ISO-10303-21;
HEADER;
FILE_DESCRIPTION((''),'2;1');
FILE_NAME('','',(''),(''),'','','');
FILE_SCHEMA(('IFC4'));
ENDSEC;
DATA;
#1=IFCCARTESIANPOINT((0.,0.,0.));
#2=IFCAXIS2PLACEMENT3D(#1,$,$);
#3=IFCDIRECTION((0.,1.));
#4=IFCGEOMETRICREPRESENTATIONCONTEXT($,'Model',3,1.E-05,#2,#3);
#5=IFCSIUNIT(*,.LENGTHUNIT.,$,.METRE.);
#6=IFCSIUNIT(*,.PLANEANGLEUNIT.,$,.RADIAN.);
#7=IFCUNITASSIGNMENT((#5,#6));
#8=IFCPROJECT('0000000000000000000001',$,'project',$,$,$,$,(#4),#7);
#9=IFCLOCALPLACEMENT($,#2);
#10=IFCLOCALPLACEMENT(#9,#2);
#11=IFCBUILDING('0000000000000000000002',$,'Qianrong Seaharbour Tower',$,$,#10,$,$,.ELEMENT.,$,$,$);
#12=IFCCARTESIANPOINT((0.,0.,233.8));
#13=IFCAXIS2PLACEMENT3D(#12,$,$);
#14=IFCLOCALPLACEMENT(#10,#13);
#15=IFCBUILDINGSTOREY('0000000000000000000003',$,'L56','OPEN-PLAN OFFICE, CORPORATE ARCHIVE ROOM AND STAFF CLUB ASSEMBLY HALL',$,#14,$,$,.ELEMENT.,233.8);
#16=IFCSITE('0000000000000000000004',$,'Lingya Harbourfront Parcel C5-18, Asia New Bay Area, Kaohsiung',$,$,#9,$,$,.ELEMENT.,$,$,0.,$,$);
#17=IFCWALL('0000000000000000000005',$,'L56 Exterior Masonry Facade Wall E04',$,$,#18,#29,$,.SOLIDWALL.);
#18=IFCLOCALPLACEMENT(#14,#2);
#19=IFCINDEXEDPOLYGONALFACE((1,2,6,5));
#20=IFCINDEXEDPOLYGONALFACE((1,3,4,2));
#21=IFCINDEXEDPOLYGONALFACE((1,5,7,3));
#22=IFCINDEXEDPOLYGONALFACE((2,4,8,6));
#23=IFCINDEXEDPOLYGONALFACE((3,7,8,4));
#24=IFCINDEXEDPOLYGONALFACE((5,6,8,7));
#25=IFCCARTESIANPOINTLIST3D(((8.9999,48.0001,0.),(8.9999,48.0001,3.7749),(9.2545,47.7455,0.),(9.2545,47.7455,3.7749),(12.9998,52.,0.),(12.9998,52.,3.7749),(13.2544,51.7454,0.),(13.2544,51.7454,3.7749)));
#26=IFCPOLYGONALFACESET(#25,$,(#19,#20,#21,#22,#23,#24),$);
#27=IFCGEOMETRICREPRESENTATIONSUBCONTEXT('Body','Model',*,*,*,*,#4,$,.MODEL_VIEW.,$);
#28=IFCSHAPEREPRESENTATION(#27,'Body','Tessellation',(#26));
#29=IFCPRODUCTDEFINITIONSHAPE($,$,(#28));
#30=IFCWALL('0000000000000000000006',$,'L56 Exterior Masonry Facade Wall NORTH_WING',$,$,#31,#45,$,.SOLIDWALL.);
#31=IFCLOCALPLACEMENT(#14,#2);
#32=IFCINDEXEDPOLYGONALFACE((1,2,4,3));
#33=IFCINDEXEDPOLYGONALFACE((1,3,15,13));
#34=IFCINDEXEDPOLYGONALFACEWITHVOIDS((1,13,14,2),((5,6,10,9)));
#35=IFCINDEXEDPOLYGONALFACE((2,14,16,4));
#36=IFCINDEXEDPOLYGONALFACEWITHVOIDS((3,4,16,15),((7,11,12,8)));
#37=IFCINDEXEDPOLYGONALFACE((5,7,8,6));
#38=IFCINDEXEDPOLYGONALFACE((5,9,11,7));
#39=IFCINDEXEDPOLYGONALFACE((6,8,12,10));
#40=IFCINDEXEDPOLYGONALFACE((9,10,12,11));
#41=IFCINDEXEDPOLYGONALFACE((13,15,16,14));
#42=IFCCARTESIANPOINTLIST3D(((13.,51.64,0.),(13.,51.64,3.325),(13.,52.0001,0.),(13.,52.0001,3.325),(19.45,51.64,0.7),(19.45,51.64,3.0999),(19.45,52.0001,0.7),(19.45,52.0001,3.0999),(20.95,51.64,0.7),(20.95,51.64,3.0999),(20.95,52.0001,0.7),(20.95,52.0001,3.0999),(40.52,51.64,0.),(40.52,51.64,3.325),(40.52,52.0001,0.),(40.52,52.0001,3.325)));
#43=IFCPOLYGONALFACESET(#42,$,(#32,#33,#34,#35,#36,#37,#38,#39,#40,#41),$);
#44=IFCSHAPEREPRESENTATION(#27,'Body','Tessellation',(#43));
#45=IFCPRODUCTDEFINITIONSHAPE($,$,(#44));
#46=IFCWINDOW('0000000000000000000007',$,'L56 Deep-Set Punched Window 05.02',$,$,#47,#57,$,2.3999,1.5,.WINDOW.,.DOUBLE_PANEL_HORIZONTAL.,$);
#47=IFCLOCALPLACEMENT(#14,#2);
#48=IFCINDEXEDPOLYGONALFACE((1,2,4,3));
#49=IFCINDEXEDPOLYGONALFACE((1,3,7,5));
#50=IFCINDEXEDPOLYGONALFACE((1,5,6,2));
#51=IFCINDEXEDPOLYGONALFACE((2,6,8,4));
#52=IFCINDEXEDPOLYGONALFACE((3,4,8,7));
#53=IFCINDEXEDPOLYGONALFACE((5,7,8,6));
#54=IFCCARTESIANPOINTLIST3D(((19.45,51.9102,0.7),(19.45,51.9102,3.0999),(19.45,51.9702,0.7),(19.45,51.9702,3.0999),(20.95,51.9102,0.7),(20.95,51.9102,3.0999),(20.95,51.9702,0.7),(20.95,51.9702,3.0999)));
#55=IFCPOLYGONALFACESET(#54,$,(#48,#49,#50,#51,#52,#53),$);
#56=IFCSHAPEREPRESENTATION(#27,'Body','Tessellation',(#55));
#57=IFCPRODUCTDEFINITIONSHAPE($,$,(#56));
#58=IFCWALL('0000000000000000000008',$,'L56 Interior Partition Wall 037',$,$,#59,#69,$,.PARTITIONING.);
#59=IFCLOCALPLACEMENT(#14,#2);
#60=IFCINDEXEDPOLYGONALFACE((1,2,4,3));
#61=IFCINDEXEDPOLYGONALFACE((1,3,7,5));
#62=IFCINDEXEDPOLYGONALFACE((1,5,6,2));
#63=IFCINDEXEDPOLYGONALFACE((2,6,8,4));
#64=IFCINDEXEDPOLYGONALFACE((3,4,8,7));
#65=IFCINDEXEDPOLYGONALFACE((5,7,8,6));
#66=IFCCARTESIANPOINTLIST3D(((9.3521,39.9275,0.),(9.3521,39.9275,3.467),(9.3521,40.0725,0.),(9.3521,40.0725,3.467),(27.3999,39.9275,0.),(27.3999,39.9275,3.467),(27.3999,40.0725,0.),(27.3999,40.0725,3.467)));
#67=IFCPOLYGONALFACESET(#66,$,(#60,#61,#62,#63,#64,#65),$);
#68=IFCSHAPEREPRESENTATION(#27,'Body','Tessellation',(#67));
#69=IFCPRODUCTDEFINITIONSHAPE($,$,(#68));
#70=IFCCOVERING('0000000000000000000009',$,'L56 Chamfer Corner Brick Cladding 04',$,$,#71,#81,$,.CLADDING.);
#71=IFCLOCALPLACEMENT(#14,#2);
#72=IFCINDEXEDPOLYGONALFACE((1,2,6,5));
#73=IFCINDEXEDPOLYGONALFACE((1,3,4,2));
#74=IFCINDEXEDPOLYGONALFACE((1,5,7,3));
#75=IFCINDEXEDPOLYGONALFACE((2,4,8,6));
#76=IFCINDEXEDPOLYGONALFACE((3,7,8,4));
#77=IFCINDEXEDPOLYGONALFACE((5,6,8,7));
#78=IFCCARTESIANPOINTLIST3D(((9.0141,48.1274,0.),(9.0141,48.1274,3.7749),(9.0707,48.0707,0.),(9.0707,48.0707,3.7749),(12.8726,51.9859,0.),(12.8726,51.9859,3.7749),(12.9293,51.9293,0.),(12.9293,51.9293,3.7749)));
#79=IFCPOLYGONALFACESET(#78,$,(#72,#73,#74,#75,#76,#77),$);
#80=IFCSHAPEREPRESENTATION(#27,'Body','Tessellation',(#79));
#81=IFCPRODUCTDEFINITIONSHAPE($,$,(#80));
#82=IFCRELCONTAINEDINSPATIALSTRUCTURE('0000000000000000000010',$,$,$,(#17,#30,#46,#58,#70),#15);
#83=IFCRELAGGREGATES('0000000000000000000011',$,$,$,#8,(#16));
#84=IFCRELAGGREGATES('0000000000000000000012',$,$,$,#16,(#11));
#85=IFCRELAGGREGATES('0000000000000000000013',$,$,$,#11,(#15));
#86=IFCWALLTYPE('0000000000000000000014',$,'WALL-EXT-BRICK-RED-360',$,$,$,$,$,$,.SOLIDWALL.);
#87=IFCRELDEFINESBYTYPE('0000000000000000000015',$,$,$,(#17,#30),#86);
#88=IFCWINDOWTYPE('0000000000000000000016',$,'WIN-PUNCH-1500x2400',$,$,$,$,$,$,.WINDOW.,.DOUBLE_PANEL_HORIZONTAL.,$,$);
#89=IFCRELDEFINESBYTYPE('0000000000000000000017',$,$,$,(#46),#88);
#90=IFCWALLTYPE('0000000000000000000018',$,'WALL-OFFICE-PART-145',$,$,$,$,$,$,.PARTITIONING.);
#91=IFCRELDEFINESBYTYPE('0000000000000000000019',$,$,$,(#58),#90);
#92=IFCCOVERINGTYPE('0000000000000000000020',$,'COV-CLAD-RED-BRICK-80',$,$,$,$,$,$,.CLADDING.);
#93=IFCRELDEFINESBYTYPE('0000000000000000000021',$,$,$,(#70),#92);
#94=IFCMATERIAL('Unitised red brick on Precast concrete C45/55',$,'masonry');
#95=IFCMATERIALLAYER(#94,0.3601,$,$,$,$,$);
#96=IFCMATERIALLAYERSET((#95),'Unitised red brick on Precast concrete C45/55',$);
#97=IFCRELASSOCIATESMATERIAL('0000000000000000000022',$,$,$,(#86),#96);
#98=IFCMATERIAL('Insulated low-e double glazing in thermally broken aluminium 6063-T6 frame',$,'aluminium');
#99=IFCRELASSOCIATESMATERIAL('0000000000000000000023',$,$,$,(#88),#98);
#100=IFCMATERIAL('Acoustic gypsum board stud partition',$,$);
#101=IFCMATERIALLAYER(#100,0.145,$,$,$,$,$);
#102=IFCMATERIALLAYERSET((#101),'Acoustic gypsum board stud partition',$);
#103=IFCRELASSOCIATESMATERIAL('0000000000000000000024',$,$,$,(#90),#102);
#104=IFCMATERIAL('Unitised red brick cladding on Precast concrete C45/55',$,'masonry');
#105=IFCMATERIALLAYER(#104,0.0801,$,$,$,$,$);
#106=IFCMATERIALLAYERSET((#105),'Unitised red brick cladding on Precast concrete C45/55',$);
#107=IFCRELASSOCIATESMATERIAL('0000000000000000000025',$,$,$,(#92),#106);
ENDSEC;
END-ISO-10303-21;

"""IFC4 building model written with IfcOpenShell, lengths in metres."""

from ifc_helpers import new_model, si_unit, direction, frame, frame_2d, origin, origin_2d, place, context, subcontext, project, spatial, rectangle, extrude, material, layer, layer_set, type_object, element, fill, save


model = new_model("IFC4")

# Units and contexts
model_context = context("Model", 3, precision=1e-05, world=origin(), true_north=direction((0.0, 1.0)))
body_context = subcontext(model_context, "Body", "Model", "MODEL_VIEW")
ifc_project = project(units=[si_unit("LENGTHUNIT", "METRE"), si_unit("PLANEANGLEUNIT", "RADIAN")], contexts=[model_context])

# Site, building, storey
site_placement = place(None, origin())
site = spatial("IfcSite", under=ifc_project, at=site_placement, Name="Lingya Harbourfront Parcel C5-18, Asia New Bay Area, Kaohsiung", CompositionType="ELEMENT", RefElevation=0.0)
building_placement = place(site_placement, origin())
building = spatial("IfcBuilding", under=site, at=building_placement, Name="Qianrong Seaharbour Tower", CompositionType="ELEMENT")
storey_placement = place(building_placement, frame((0.0, 0.0, 233.8)))
storey = spatial("IfcBuildingStorey", under=building, at=storey_placement, Name="L56", Description="OPEN-PLAN OFFICE, CORPORATE ARCHIVE ROOM AND STAFF CLUB ASSEMBLY HALL", CompositionType="ELEMENT", Elevation=233.8)

# Wall
ifc_material_1 = material(Name="Unitised red brick on Precast concrete C45/55", Category="masonry")
ifc_layer_1 = layer(ifc_material_1, 0.3601)
ifc_layer_set_1 = layer_set([ifc_layer_1], Name="Unitised red brick on Precast concrete C45/55")
wall_type_1 = type_object("IfcWallType", Name="WALL-EXT-BRICK-RED-360", PredefinedType="SOLIDWALL", material=ifc_layer_set_1)
wall_1_placement = place(storey_placement, frame((9.1272, 47.8728, 0.0), z_axis=(0.0, 0.0, 1.0), x_axis=(0.707107, 0.707107, 0.0)))
element("IfcWall", 1, at=wall_1_placement, inside=storey, type_object=wall_type_1, Name="L56 Exterior Masonry Facade Wall E04", PredefinedType="SOLIDWALL", context=body_context, shape_type="SweptSolid", body=[
    extrude(rectangle(XDim=5.6567, YDim=0.3601, at=frame_2d((2.8284, 0.0))), origin(), (0.0, 0.0, 1.0), 3.7749),
])

# Wall, opening, window
wall_2_placement = place(storey_placement, frame((13.0, 51.8201, 0.0), z_axis=(0.0, 0.0, 1.0), x_axis=(1.0, 0.0, 0.0)))
wall_2 = element("IfcWall", 2, at=wall_2_placement, inside=storey, type_object=wall_type_1, Name="L56 Exterior Masonry Facade Wall NORTH_WING", PredefinedType="SOLIDWALL", context=body_context, shape_type="SweptSolid", body=[
    extrude(rectangle(XDim=27.52, YDim=0.3601, at=frame_2d((13.76, 0.0))), origin(), (0.0, 0.0, 1.0), 3.325),
])
opening_1_placement = place(wall_2_placement, frame((6.45, 0.0, 0.7)))
opening_1 = element("IfcOpeningElement", 3, at=opening_1_placement, cuts=wall_2, PredefinedType="OPENING", context=body_context, shape_type="SweptSolid", body=[
    extrude(rectangle(XDim=1.5, YDim=2.3999, at=frame_2d((0.75, 1.2))), frame((0.0, 0.1899, 0.0), z_axis=(0.0, -1.0, 0.0), x_axis=(1.0, 0.0, 0.0)), (0.0, 0.0, 1.0), 0.3801),
])
ifc_material_2 = material(Name="Insulated low-e double glazing in thermally broken aluminium 6063-T6 frame", Category="aluminium")
window_type = type_object("IfcWindowType", Name="WIN-PUNCH-1500x2400", PartitioningType="DOUBLE_PANEL_HORIZONTAL", PredefinedType="WINDOW", material=ifc_material_2)
window_placement = place(opening_1_placement, origin())
window = element("IfcWindow", 4, at=window_placement, inside=storey, type_object=window_type, Name="L56 Deep-Set Punched Window 05.02", OverallHeight=2.3999, OverallWidth=1.5, PartitioningType="DOUBLE_PANEL_HORIZONTAL", PredefinedType="WINDOW", context=body_context, shape_type="SweptSolid", body=[
    extrude(rectangle(XDim=1.5, YDim=2.3999, at=frame_2d((0.75, 1.2))), frame((0.0, 0.1501, 0.0), z_axis=(0.0, -1.0, 0.0), x_axis=(1.0, 0.0, 0.0)), (0.0, 0.0, 1.0), 0.0601),
])
fill(opening_1, window)

# Wall
ifc_material_3 = material(Name="Acoustic gypsum board stud partition")
ifc_layer_2 = layer(ifc_material_3, 0.145)
ifc_layer_set_2 = layer_set([ifc_layer_2], Name="Acoustic gypsum board stud partition")
wall_type_2 = type_object("IfcWallType", Name="WALL-OFFICE-PART-145", PredefinedType="PARTITIONING", material=ifc_layer_set_2)
wall_3_placement = place(storey_placement, frame((27.3999, 40.0, 0.0), z_axis=(0.0, 0.0, 1.0), x_axis=(-1.0, 0.0, 0.0)))
element("IfcWall", 5, at=wall_3_placement, inside=storey, type_object=wall_type_2, Name="L56 Interior Partition Wall 037", PredefinedType="PARTITIONING", context=body_context, shape_type="SweptSolid", body=[
    extrude(rectangle(XDim=18.0479, YDim=0.145, at=frame_2d((9.0239, 0.0))), origin(), (0.0, 0.0, 1.0), 3.467),
])

# Covering
ifc_material_4 = material(Name="Unitised red brick cladding on Precast concrete C45/55", Category="masonry")
ifc_layer_3 = layer(ifc_material_4, 0.0801)
ifc_layer_set_3 = layer_set([ifc_layer_3], Name="Unitised red brick cladding on Precast concrete C45/55")
covering_type = type_object("IfcCoveringType", Name="COV-CLAD-RED-BRICK-80", PredefinedType="CLADDING", material=ifc_layer_set_3)
covering_placement = place(storey_placement, frame((10.9717, 50.0283, 0.0), z_axis=(0.0, 0.0, 1.0), x_axis=(0.707107, 0.707107, 0.0)))
element("IfcCovering", 6, at=covering_placement, inside=storey, type_object=covering_type, Name="L56 Chamfer Corner Brick Cladding 04", PredefinedType="CLADDING", context=body_context, shape_type="SweptSolid", body=[
    extrude(rectangle(XDim=5.4568, YDim=0.0801, at=origin_2d()), origin(), (0.0, 0.0, 1.0), 3.7749),
])

save(model, "model.ifc")
